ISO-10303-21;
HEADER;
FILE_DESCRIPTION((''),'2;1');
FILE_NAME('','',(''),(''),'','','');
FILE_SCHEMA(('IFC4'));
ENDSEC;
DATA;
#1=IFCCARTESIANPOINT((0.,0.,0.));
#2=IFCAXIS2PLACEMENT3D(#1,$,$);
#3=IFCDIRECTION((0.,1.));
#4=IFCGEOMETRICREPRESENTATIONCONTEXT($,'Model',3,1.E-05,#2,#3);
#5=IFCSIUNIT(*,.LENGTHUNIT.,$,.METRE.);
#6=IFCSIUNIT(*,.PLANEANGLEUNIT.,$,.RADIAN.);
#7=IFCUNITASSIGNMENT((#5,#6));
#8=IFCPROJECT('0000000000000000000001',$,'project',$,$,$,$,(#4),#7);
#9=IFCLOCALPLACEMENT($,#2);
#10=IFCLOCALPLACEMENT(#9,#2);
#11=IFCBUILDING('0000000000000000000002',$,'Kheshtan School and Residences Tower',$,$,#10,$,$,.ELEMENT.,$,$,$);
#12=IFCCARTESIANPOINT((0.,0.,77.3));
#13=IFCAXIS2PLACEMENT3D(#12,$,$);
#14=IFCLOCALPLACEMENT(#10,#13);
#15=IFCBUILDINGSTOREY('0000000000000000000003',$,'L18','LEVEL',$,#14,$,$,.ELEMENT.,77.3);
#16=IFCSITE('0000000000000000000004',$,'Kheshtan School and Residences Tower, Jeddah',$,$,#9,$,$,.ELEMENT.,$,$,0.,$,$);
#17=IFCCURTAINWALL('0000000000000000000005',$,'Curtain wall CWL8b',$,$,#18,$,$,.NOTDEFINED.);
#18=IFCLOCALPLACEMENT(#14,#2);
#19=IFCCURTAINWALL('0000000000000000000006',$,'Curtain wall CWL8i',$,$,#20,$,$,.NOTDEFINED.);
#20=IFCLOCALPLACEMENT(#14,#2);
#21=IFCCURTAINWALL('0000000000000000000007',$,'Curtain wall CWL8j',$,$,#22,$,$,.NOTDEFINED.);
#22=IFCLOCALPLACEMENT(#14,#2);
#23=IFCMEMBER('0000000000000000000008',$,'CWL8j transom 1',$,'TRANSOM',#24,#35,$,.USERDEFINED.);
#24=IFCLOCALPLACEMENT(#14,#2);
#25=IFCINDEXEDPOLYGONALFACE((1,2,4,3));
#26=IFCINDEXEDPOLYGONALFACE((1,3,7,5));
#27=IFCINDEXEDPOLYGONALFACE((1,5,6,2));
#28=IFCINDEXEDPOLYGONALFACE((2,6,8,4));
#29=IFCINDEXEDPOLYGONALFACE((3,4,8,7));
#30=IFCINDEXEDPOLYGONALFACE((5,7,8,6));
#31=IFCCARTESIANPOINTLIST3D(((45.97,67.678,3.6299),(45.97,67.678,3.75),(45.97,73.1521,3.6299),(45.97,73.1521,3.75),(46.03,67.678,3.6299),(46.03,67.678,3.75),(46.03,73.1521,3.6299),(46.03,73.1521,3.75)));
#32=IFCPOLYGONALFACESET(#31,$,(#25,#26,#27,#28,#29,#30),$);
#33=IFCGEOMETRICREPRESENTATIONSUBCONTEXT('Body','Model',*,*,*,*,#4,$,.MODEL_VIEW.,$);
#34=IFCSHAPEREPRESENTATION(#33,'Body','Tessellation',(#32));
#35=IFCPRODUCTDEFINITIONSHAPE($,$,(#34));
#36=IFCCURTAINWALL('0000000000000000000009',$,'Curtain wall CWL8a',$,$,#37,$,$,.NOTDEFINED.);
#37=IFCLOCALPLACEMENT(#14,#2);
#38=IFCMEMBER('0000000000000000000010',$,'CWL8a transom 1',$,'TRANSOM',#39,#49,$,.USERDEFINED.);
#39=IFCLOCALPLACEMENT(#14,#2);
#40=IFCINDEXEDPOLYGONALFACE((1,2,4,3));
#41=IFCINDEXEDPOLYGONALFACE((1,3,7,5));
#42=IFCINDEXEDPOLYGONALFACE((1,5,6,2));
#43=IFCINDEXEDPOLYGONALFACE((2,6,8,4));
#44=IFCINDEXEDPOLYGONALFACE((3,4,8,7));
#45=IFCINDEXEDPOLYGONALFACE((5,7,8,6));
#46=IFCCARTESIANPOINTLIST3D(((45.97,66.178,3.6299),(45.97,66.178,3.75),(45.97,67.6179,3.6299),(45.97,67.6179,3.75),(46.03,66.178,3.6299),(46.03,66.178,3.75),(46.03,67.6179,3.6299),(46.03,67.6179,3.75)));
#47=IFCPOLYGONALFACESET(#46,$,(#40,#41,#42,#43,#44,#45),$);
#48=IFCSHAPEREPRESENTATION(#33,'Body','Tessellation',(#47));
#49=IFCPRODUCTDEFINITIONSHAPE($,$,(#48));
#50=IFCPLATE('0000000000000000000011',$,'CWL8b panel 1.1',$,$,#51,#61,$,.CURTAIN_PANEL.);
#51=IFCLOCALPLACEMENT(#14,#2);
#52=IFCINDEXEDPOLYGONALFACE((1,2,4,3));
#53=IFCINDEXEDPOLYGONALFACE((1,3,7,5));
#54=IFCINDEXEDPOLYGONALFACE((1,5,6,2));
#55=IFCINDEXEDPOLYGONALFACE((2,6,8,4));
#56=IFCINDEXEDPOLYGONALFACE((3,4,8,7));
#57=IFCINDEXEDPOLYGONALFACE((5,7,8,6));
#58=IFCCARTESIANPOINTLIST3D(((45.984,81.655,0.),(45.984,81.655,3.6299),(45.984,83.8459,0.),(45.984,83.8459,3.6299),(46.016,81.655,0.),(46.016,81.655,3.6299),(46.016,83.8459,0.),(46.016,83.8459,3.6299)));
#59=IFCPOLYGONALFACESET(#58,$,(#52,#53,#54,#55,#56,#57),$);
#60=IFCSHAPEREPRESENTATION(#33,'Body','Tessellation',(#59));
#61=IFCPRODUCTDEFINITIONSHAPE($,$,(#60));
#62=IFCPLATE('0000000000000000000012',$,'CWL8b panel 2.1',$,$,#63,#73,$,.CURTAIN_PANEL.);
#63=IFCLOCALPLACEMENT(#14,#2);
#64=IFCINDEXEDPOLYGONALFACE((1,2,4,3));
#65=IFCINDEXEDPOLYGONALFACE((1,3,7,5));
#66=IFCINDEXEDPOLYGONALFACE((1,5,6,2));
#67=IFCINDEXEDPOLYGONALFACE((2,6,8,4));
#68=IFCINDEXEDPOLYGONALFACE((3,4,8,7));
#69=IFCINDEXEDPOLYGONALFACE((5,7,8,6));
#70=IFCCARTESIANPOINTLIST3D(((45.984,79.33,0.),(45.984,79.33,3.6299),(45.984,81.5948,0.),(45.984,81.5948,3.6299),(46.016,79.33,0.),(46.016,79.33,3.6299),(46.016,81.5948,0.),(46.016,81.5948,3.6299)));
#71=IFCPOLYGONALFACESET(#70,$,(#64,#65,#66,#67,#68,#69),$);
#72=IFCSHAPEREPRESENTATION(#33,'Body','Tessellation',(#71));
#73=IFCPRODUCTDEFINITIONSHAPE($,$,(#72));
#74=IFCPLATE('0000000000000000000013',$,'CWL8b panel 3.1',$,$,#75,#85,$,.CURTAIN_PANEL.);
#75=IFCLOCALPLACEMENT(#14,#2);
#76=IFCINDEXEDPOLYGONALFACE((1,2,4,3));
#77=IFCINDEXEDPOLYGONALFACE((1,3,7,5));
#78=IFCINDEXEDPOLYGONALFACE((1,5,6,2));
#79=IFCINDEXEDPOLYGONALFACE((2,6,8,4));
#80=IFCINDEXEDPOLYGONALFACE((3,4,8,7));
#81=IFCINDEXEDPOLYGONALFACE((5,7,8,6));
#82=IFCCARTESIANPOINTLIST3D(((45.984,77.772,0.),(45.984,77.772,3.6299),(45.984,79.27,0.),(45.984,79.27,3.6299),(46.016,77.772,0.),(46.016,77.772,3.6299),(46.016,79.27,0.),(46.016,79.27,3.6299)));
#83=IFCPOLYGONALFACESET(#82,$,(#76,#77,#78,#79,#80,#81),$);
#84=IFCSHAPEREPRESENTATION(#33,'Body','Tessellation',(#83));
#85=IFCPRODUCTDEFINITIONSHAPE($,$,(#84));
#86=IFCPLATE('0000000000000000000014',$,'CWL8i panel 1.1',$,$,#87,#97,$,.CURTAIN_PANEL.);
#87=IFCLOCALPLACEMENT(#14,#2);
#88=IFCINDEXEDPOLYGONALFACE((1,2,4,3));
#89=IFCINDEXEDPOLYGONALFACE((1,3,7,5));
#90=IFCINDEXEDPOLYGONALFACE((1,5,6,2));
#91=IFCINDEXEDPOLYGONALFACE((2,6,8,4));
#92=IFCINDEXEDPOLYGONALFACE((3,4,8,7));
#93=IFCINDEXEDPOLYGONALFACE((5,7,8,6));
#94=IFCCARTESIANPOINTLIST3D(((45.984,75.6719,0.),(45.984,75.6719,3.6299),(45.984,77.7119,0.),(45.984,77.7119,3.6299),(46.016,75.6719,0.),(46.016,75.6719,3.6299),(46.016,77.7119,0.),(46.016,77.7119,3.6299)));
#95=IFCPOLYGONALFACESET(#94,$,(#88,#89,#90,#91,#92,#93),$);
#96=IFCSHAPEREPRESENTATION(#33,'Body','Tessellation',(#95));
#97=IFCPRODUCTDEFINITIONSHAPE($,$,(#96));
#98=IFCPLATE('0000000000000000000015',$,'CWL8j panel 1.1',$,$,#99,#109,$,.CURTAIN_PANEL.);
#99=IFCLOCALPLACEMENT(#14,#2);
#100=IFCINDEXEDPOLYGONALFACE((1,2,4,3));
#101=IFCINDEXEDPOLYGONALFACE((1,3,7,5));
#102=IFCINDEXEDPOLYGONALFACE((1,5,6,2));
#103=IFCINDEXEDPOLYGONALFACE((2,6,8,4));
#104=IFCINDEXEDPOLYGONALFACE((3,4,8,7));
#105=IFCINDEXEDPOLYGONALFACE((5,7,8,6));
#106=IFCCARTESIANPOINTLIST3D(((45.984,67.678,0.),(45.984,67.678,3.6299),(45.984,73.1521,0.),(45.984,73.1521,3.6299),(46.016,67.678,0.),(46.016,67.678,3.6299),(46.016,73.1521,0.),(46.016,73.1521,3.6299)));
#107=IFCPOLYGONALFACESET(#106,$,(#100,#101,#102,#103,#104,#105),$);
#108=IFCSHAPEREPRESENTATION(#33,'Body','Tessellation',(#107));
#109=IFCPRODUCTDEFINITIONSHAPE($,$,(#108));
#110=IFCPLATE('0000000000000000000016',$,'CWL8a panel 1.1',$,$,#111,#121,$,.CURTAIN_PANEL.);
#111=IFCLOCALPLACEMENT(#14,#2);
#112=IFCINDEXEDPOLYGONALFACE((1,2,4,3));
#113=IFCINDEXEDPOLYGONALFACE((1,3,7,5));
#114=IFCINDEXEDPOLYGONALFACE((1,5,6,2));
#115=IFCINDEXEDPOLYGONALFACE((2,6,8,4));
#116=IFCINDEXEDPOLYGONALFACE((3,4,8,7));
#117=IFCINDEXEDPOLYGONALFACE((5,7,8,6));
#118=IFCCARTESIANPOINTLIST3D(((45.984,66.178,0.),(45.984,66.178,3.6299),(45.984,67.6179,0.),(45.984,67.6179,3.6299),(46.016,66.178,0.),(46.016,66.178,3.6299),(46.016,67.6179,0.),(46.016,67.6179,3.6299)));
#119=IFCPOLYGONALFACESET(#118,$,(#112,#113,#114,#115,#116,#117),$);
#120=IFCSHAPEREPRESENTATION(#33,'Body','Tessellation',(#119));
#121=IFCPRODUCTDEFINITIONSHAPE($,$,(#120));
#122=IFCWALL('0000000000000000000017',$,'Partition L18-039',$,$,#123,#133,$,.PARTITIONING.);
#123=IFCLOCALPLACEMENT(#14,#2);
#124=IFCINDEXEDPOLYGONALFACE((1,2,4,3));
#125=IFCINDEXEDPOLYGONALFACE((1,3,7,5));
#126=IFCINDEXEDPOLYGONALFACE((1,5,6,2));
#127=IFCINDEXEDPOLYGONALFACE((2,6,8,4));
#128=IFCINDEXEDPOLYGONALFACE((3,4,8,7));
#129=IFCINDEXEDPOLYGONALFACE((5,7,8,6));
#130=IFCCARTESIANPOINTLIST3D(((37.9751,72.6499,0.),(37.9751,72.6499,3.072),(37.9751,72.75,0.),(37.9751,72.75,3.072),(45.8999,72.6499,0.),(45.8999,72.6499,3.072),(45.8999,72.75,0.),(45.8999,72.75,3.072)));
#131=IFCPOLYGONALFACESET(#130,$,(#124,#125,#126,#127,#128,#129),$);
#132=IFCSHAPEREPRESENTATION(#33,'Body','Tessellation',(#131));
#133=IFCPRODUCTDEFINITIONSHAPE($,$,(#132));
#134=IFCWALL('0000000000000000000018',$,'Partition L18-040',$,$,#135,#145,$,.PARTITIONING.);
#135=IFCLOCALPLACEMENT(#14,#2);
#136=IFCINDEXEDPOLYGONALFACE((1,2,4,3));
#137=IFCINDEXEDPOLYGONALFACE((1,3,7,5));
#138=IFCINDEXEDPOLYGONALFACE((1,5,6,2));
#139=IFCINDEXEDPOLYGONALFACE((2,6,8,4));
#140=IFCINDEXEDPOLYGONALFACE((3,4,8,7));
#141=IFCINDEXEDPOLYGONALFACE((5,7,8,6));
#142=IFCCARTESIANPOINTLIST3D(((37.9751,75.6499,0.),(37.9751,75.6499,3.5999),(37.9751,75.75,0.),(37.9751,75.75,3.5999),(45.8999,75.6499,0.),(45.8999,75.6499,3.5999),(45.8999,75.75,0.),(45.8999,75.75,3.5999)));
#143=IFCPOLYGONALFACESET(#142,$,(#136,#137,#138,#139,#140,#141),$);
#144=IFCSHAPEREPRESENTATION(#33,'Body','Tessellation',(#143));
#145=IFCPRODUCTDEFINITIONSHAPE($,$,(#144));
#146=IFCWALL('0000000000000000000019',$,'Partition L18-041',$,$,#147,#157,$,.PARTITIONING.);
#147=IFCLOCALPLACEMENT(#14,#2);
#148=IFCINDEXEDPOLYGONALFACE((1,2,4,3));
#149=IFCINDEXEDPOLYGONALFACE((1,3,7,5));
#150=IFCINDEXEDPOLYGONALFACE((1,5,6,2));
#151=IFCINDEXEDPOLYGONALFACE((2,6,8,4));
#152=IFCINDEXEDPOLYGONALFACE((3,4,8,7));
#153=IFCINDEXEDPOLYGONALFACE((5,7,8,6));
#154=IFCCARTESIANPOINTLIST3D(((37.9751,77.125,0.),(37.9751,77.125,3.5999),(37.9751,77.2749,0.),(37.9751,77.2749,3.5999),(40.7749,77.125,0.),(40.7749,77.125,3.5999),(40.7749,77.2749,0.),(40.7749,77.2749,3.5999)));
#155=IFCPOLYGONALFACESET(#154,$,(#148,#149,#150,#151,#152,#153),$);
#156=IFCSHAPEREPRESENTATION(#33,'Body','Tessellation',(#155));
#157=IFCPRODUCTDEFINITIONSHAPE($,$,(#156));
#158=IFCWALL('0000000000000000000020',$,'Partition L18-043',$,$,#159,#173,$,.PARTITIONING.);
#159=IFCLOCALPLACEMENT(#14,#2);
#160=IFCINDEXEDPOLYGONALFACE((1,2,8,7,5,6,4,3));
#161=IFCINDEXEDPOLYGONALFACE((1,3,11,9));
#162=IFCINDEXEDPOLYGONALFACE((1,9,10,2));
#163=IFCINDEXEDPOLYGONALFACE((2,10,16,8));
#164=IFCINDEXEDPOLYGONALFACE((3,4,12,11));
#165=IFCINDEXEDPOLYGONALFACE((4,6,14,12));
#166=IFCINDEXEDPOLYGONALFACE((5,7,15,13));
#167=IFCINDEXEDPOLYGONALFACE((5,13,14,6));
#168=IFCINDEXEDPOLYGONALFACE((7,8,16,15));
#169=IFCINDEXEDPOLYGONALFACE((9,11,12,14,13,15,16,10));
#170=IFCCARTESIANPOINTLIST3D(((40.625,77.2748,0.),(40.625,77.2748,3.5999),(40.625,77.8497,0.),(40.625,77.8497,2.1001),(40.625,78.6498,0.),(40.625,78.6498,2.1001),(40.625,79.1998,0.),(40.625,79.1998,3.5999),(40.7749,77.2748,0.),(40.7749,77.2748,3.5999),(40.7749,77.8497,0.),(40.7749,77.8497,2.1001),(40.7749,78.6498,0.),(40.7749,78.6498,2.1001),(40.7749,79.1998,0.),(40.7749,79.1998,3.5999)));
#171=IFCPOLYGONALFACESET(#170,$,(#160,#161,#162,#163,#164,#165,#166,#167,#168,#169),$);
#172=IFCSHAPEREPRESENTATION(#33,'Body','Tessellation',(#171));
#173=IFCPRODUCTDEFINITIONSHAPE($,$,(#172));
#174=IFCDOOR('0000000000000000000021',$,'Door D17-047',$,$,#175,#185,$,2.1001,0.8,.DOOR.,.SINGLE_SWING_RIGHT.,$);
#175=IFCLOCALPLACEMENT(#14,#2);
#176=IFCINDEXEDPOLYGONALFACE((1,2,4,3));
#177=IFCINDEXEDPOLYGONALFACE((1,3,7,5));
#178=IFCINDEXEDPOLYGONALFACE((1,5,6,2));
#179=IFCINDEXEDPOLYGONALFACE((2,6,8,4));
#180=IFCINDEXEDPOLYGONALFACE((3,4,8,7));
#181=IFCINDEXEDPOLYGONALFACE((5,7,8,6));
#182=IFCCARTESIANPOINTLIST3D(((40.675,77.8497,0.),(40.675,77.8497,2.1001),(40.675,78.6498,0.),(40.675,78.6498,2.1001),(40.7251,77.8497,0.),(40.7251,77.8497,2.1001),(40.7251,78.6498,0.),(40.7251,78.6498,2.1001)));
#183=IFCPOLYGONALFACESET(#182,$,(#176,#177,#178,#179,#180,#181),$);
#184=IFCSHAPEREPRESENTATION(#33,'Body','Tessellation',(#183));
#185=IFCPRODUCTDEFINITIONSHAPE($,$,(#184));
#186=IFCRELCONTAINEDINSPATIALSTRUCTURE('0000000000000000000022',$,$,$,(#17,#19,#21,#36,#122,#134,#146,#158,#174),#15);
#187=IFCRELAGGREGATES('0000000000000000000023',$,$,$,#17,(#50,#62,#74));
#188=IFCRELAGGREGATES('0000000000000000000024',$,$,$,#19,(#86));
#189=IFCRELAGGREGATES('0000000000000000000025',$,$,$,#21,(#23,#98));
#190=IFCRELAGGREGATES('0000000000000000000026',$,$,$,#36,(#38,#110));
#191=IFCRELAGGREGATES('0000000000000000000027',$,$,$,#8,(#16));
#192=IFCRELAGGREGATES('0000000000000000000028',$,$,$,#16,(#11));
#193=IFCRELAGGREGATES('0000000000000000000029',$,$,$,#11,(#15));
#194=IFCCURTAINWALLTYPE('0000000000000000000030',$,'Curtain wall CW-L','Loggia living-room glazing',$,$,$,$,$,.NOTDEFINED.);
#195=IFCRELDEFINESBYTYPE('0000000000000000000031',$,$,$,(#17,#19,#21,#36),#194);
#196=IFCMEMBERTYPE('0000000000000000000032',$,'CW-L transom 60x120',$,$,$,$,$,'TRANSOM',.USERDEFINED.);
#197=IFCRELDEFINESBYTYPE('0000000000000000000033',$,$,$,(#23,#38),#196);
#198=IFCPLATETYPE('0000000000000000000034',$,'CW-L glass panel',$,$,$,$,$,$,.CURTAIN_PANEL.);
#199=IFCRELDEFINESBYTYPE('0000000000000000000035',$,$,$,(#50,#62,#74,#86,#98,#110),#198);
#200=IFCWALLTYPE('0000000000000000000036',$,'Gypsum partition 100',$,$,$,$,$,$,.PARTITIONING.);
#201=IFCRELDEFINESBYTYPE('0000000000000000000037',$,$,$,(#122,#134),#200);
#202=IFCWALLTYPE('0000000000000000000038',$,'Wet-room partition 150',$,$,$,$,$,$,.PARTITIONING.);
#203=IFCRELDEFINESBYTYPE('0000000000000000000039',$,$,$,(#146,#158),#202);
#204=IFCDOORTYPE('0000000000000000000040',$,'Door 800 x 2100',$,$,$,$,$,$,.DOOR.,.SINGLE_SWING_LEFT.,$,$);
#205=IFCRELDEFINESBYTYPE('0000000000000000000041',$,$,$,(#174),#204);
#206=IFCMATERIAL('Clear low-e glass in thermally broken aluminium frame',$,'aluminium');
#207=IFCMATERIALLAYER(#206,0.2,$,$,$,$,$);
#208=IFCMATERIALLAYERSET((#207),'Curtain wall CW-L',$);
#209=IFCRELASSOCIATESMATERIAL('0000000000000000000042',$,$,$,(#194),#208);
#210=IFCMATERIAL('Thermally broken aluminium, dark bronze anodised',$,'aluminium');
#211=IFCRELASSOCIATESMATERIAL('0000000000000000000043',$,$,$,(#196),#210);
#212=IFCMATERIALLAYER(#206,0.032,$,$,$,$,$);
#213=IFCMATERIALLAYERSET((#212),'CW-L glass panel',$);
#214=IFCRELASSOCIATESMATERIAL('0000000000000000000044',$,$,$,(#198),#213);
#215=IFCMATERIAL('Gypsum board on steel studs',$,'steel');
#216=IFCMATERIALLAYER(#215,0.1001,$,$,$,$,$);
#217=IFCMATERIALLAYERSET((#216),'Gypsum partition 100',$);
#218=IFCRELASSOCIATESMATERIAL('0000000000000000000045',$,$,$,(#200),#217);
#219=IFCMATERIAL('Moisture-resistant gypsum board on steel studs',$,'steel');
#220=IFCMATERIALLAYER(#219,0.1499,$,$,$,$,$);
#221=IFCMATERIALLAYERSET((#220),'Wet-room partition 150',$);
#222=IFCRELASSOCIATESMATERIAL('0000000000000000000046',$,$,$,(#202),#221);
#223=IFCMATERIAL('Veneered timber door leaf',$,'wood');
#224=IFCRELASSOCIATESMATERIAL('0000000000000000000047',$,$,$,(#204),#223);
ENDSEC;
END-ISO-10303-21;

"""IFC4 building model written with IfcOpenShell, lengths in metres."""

from ifc_helpers import new_model, si_unit, direction, frame, frame_2d, origin, origin_2d, place, context, subcontext, project, spatial, rectangle, extrude, source, transform, mapped, material, layer, layer_set, material_profile, profile_set, type_object, element, fill, aggregate, save


model = new_model("IFC4")

# Units and contexts
model_context = context("Model", 3, precision=1e-05, world=origin(), true_north=direction((0.0, 1.0)))
body_context = subcontext(model_context, "Body", "Model", "MODEL_VIEW")
ifc_project = project(units=[si_unit("LENGTHUNIT", "METRE"), si_unit("PLANEANGLEUNIT", "RADIAN")], contexts=[model_context])

# Site, building, storey
site_placement = place(None, origin())
site = spatial("IfcSite", under=ifc_project, at=site_placement, Name="Kheshtan School and Residences Tower, Jeddah", CompositionType="ELEMENT", RefElevation=0.0)
building_placement = place(site_placement, origin())
building = spatial("IfcBuilding", under=site, at=building_placement, Name="Kheshtan School and Residences Tower", CompositionType="ELEMENT")
storey_placement = place(building_placement, frame((0.0, 0.0, 77.3)))
storey = spatial("IfcBuildingStorey", under=building, at=storey_placement, Name="L18", Description="LEVEL", CompositionType="ELEMENT", Elevation=77.3)

# Curtain wall
ifc_material_1 = material(Name="Clear low-e glass in thermally broken aluminium frame", Category="aluminium")
ifc_layer_1 = layer(ifc_material_1, 0.2)
ifc_layer_set_1 = layer_set([ifc_layer_1], Name="Curtain wall CW-L")
curtain_wall_type = type_object("IfcCurtainWallType", Name="Curtain wall CW-L", Description="Loggia living-room glazing", PredefinedType="NOTDEFINED", material=ifc_layer_set_1)
curtain_wall_1_placement = place(storey_placement, origin())
curtain_wall_1 = element("IfcCurtainWall", 1, at=curtain_wall_1_placement, inside=storey, type_object=curtain_wall_type, Name="Curtain wall CWL8b", PredefinedType="NOTDEFINED")
ifc_material_2 = material(Name="Thermally broken aluminium, dark bronze anodised", Category="aluminium")

# Curtain wall
curtain_wall_2_placement = place(storey_placement, origin())
curtain_wall_2 = element("IfcCurtainWall", 2, at=curtain_wall_2_placement, inside=storey, type_object=curtain_wall_type, Name="Curtain wall CWL8i", PredefinedType="NOTDEFINED")

# Curtain wall
curtain_wall_3_placement = place(storey_placement, origin())
curtain_wall_3 = element("IfcCurtainWall", 3, at=curtain_wall_3_placement, inside=storey, type_object=curtain_wall_type, Name="Curtain wall CWL8j", PredefinedType="NOTDEFINED")

# Member
ifc_material_profile_1 = material_profile(ifc_material_2, rectangle(XDim=0.0601, YDim=0.1201, at=origin_2d()), Name="CW-L transom 60x120")
ifc_profile_set_1 = profile_set([ifc_material_profile_1], Name="Thermally broken aluminium, dark bronze anodised")
member_type_1 = type_object("IfcMemberType", Name="CW-L transom 60x120", ElementType="TRANSOM", PredefinedType="USERDEFINED", material=ifc_profile_set_1)
member_1_placement = place(storey_placement, frame((46.0, 73.1521, 3.6899), z_axis=(0.0, -1.0, 0.0), x_axis=(1.0, 0.0, 0.0)))
member_1 = element("IfcMember", 4, at=member_1_placement, type_object=member_type_1, Name="CWL8j transom 1", ObjectType="TRANSOM", PredefinedType="USERDEFINED", context=body_context, shape_type="SweptSolid", body=[
    extrude(rectangle(XDim=0.0601, YDim=0.1201, at=origin_2d()), origin(), (0.0, 0.0, 1.0), 5.4741),
])

# Curtain wall, member
curtain_wall_4_placement = place(storey_placement, origin())
curtain_wall_4 = element("IfcCurtainWall", 5, at=curtain_wall_4_placement, inside=storey, type_object=curtain_wall_type, Name="Curtain wall CWL8a", PredefinedType="NOTDEFINED")
member_2_placement = place(storey_placement, frame((46.0, 67.6179, 3.6899), z_axis=(0.0, -1.0, 0.0), x_axis=(1.0, 0.0, 0.0)))
member_2 = element("IfcMember", 6, at=member_2_placement, type_object=member_type_1, Name="CWL8a transom 1", ObjectType="TRANSOM", PredefinedType="USERDEFINED", context=body_context, shape_type="SweptSolid", body=[
    extrude(rectangle(XDim=0.0601, YDim=0.1201, at=origin_2d()), origin(), (0.0, 0.0, 1.0), 1.4399),
])

# Plates
ifc_layer_2 = layer(ifc_material_1, 0.032)
ifc_layer_set_2 = layer_set([ifc_layer_2], Name="CW-L glass panel")
plate_type = type_object("IfcPlateType", Name="CW-L glass panel", PredefinedType="CURTAIN_PANEL", material=ifc_layer_set_2)
plate_1_placement = place(storey_placement, frame((46.0, 82.7505, 0.0), z_axis=(0.0, 0.0, 1.0), x_axis=(0.0, -1.0, 0.0)))
plate_1 = element("IfcPlate", 7, at=plate_1_placement, type_object=plate_type, Name="CWL8b panel 1.1", PredefinedType="CURTAIN_PANEL", context=body_context, shape_type="SweptSolid", body=[
    extrude(rectangle(XDim=2.1909, YDim=0.032, at=origin_2d()), origin(), (0.0, 0.0, 1.0), 3.6299),
])
plate_2_placement = place(storey_placement, frame((46.0, 80.4624, 0.0), z_axis=(0.0, 0.0, 1.0), x_axis=(0.0, -1.0, 0.0)))
plate_2 = element("IfcPlate", 8, at=plate_2_placement, type_object=plate_type, Name="CWL8b panel 2.1", PredefinedType="CURTAIN_PANEL", context=body_context, shape_type="SweptSolid", body=[
    extrude(rectangle(XDim=2.2649, YDim=0.032, at=origin_2d()), origin(), (0.0, 0.0, 1.0), 3.6299),
])
plate_3_placement = place(storey_placement, frame((46.0, 78.521, 0.0), z_axis=(0.0, 0.0, 1.0), x_axis=(0.0, -1.0, 0.0)))
plate_3 = element("IfcPlate", 9, at=plate_3_placement, type_object=plate_type, Name="CWL8b panel 3.1", PredefinedType="CURTAIN_PANEL", context=body_context, shape_type="SweptSolid", body=[
    extrude(rectangle(XDim=1.498, YDim=0.032, at=origin_2d()), origin(), (0.0, 0.0, 1.0), 3.6299),
])
aggregate(curtain_wall_1, [plate_1, plate_2, plate_3])
plate_4_placement = place(storey_placement, frame((46.0, 76.6919, 0.0), z_axis=(0.0, 0.0, 1.0), x_axis=(0.0, -1.0, 0.0)))
plate_4 = element("IfcPlate", 10, at=plate_4_placement, type_object=plate_type, Name="CWL8i panel 1.1", PredefinedType="CURTAIN_PANEL", context=body_context, shape_type="SweptSolid", body=[
    extrude(rectangle(XDim=2.04, YDim=0.032, at=origin_2d()), origin(), (0.0, 0.0, 1.0), 3.6299),
])
aggregate(curtain_wall_2, [plate_4])
plate_5_placement = place(storey_placement, frame((46.0, 70.415, 0.0), z_axis=(0.0, 0.0, 1.0), x_axis=(0.0, -1.0, 0.0)))
plate_5 = element("IfcPlate", 11, at=plate_5_placement, type_object=plate_type, Name="CWL8j panel 1.1", PredefinedType="CURTAIN_PANEL", context=body_context, shape_type="SweptSolid", body=[
    extrude(rectangle(XDim=5.4741, YDim=0.032, at=origin_2d()), origin(), (0.0, 0.0, 1.0), 3.6299),
])
aggregate(curtain_wall_3, [member_1, plate_5])
plate_6_placement = place(storey_placement, frame((46.0, 66.8979, 0.0), z_axis=(0.0, 0.0, 1.0), x_axis=(0.0, -1.0, 0.0)))
plate_6 = element("IfcPlate", 12, at=plate_6_placement, type_object=plate_type, Name="CWL8a panel 1.1", PredefinedType="CURTAIN_PANEL", context=body_context, shape_type="SweptSolid", body=[
    extrude(rectangle(XDim=1.4399, YDim=0.032, at=origin_2d()), origin(), (0.0, 0.0, 1.0), 3.6299),
])
aggregate(curtain_wall_4, [member_2, plate_6])

# Walls
ifc_material_3 = material(Name="Gypsum board on steel studs", Category="steel")
ifc_layer_3 = layer(ifc_material_3, 0.1001)
ifc_layer_set_3 = layer_set([ifc_layer_3], Name="Gypsum partition 100")
wall_type_1 = type_object("IfcWallType", Name="Gypsum partition 100", PredefinedType="PARTITIONING", material=ifc_layer_set_3)
wall_1_placement = place(storey_placement, frame((37.9751, 72.7, 0.0), z_axis=(0.0, 0.0, 1.0), x_axis=(1.0, 0.0, 0.0)))
element("IfcWall", 13, at=wall_1_placement, inside=storey, type_object=wall_type_1, Name="Partition L18-039", PredefinedType="PARTITIONING", context=body_context, shape_type="SweptSolid", body=[
    extrude(rectangle(XDim=7.9248, YDim=0.1001, at=frame_2d((3.9624, 0.0))), origin(), (0.0, 0.0, 1.0), 3.072),
])
wall_2_placement = place(storey_placement, frame((37.9751, 75.7, 0.0), z_axis=(0.0, 0.0, 1.0), x_axis=(1.0, 0.0, 0.0)))
element("IfcWall", 14, at=wall_2_placement, inside=storey, type_object=wall_type_1, Name="Partition L18-040", PredefinedType="PARTITIONING", context=body_context, shape_type="SweptSolid", body=[
    extrude(rectangle(XDim=7.9248, YDim=0.1001, at=frame_2d((3.9624, 0.0))), origin(), (0.0, 0.0, 1.0), 3.5999),
])
ifc_material_4 = material(Name="Moisture-resistant gypsum board on steel studs", Category="steel")
ifc_layer_4 = layer(ifc_material_4, 0.1499)
ifc_layer_set_4 = layer_set([ifc_layer_4], Name="Wet-room partition 150")
wall_type_2 = type_object("IfcWallType", Name="Wet-room partition 150", PredefinedType="PARTITIONING", material=ifc_layer_set_4)
wall_3_placement = place(storey_placement, frame((37.9751, 77.2, 0.0), z_axis=(0.0, 0.0, 1.0), x_axis=(1.0, 0.0, 0.0)))
element("IfcWall", 15, at=wall_3_placement, inside=storey, type_object=wall_type_2, Name="Partition L18-041", PredefinedType="PARTITIONING", context=body_context, shape_type="SweptSolid", body=[
    extrude(rectangle(XDim=2.7998, YDim=0.1499, at=frame_2d((1.3999, 0.0))), origin(), (0.0, 0.0, 1.0), 3.5999),
])

# Wall, opening, door
wall_4_placement = place(storey_placement, frame((40.7, 77.2749, 0.0), z_axis=(0.0, 0.0, 1.0), x_axis=(0.0, 1.0, 0.0)))
wall_4 = element("IfcWall", 16, at=wall_4_placement, inside=storey, type_object=wall_type_2, Name="Partition L18-043", PredefinedType="PARTITIONING", context=body_context, shape_type="SweptSolid", body=[
    extrude(rectangle(XDim=1.925, YDim=0.1499, at=frame_2d((0.9624, 0.0))), origin(), (0.0, 0.0, 1.0), 3.5999),
])
opening_1_placement = place(wall_4_placement, frame((0.575, 0.0, 0.0)))
opening_1 = element("IfcOpeningElement", 17, at=opening_1_placement, cuts=wall_4, PredefinedType="OPENING", context=body_context, shape_type="SweptSolid", body=[
    extrude(rectangle(XDim=0.8, YDim=2.1001, at=frame_2d((0.3999, 1.05))), frame((0.0, 0.085, 0.0), z_axis=(0.0, -1.0, 0.0), x_axis=(1.0, 0.0, 0.0)), (0.0, 0.0, 1.0), 0.1699),
])
ifc_material_5 = material(Name="Veneered timber door leaf", Category="wood")
door_type_1 = type_object("IfcDoorType", Name="Door 800 x 2100", OperationType="SINGLE_SWING_LEFT", PredefinedType="DOOR", material=ifc_material_5)
shared_shape_1 = source(origin(), body_context, "Body", "SweptSolid", [
    extrude(rectangle(XDim=0.8, YDim=2.1001, at=frame_2d((0.3999, 1.05))), frame((0.0, 0.0249, 0.0), z_axis=(0.0, -1.0, 0.0), x_axis=(1.0, 0.0, 0.0)), (0.0, 0.0, 1.0), 0.05),
])
door_1_placement = place(opening_1_placement, origin())
door_1 = element("IfcDoor", 18, at=door_1_placement, inside=storey, type_object=door_type_1, Name="Door D17-047", OperationType="SINGLE_SWING_RIGHT", OverallHeight=2.1001, OverallWidth=0.8, PredefinedType="DOOR", context=body_context, shape_type="MappedRepresentation", body=[
    mapped(shared_shape_1, transform((0.0, 0.0, 0.0), x_axis=(1.0, 0.0, 0.0), y_axis=(0.0, 1.0, 0.0), z_axis=(0.0, 0.0, 1.0), scale=1.0)),
])
fill(opening_1, door_1)

save(model, "model.ifc")
